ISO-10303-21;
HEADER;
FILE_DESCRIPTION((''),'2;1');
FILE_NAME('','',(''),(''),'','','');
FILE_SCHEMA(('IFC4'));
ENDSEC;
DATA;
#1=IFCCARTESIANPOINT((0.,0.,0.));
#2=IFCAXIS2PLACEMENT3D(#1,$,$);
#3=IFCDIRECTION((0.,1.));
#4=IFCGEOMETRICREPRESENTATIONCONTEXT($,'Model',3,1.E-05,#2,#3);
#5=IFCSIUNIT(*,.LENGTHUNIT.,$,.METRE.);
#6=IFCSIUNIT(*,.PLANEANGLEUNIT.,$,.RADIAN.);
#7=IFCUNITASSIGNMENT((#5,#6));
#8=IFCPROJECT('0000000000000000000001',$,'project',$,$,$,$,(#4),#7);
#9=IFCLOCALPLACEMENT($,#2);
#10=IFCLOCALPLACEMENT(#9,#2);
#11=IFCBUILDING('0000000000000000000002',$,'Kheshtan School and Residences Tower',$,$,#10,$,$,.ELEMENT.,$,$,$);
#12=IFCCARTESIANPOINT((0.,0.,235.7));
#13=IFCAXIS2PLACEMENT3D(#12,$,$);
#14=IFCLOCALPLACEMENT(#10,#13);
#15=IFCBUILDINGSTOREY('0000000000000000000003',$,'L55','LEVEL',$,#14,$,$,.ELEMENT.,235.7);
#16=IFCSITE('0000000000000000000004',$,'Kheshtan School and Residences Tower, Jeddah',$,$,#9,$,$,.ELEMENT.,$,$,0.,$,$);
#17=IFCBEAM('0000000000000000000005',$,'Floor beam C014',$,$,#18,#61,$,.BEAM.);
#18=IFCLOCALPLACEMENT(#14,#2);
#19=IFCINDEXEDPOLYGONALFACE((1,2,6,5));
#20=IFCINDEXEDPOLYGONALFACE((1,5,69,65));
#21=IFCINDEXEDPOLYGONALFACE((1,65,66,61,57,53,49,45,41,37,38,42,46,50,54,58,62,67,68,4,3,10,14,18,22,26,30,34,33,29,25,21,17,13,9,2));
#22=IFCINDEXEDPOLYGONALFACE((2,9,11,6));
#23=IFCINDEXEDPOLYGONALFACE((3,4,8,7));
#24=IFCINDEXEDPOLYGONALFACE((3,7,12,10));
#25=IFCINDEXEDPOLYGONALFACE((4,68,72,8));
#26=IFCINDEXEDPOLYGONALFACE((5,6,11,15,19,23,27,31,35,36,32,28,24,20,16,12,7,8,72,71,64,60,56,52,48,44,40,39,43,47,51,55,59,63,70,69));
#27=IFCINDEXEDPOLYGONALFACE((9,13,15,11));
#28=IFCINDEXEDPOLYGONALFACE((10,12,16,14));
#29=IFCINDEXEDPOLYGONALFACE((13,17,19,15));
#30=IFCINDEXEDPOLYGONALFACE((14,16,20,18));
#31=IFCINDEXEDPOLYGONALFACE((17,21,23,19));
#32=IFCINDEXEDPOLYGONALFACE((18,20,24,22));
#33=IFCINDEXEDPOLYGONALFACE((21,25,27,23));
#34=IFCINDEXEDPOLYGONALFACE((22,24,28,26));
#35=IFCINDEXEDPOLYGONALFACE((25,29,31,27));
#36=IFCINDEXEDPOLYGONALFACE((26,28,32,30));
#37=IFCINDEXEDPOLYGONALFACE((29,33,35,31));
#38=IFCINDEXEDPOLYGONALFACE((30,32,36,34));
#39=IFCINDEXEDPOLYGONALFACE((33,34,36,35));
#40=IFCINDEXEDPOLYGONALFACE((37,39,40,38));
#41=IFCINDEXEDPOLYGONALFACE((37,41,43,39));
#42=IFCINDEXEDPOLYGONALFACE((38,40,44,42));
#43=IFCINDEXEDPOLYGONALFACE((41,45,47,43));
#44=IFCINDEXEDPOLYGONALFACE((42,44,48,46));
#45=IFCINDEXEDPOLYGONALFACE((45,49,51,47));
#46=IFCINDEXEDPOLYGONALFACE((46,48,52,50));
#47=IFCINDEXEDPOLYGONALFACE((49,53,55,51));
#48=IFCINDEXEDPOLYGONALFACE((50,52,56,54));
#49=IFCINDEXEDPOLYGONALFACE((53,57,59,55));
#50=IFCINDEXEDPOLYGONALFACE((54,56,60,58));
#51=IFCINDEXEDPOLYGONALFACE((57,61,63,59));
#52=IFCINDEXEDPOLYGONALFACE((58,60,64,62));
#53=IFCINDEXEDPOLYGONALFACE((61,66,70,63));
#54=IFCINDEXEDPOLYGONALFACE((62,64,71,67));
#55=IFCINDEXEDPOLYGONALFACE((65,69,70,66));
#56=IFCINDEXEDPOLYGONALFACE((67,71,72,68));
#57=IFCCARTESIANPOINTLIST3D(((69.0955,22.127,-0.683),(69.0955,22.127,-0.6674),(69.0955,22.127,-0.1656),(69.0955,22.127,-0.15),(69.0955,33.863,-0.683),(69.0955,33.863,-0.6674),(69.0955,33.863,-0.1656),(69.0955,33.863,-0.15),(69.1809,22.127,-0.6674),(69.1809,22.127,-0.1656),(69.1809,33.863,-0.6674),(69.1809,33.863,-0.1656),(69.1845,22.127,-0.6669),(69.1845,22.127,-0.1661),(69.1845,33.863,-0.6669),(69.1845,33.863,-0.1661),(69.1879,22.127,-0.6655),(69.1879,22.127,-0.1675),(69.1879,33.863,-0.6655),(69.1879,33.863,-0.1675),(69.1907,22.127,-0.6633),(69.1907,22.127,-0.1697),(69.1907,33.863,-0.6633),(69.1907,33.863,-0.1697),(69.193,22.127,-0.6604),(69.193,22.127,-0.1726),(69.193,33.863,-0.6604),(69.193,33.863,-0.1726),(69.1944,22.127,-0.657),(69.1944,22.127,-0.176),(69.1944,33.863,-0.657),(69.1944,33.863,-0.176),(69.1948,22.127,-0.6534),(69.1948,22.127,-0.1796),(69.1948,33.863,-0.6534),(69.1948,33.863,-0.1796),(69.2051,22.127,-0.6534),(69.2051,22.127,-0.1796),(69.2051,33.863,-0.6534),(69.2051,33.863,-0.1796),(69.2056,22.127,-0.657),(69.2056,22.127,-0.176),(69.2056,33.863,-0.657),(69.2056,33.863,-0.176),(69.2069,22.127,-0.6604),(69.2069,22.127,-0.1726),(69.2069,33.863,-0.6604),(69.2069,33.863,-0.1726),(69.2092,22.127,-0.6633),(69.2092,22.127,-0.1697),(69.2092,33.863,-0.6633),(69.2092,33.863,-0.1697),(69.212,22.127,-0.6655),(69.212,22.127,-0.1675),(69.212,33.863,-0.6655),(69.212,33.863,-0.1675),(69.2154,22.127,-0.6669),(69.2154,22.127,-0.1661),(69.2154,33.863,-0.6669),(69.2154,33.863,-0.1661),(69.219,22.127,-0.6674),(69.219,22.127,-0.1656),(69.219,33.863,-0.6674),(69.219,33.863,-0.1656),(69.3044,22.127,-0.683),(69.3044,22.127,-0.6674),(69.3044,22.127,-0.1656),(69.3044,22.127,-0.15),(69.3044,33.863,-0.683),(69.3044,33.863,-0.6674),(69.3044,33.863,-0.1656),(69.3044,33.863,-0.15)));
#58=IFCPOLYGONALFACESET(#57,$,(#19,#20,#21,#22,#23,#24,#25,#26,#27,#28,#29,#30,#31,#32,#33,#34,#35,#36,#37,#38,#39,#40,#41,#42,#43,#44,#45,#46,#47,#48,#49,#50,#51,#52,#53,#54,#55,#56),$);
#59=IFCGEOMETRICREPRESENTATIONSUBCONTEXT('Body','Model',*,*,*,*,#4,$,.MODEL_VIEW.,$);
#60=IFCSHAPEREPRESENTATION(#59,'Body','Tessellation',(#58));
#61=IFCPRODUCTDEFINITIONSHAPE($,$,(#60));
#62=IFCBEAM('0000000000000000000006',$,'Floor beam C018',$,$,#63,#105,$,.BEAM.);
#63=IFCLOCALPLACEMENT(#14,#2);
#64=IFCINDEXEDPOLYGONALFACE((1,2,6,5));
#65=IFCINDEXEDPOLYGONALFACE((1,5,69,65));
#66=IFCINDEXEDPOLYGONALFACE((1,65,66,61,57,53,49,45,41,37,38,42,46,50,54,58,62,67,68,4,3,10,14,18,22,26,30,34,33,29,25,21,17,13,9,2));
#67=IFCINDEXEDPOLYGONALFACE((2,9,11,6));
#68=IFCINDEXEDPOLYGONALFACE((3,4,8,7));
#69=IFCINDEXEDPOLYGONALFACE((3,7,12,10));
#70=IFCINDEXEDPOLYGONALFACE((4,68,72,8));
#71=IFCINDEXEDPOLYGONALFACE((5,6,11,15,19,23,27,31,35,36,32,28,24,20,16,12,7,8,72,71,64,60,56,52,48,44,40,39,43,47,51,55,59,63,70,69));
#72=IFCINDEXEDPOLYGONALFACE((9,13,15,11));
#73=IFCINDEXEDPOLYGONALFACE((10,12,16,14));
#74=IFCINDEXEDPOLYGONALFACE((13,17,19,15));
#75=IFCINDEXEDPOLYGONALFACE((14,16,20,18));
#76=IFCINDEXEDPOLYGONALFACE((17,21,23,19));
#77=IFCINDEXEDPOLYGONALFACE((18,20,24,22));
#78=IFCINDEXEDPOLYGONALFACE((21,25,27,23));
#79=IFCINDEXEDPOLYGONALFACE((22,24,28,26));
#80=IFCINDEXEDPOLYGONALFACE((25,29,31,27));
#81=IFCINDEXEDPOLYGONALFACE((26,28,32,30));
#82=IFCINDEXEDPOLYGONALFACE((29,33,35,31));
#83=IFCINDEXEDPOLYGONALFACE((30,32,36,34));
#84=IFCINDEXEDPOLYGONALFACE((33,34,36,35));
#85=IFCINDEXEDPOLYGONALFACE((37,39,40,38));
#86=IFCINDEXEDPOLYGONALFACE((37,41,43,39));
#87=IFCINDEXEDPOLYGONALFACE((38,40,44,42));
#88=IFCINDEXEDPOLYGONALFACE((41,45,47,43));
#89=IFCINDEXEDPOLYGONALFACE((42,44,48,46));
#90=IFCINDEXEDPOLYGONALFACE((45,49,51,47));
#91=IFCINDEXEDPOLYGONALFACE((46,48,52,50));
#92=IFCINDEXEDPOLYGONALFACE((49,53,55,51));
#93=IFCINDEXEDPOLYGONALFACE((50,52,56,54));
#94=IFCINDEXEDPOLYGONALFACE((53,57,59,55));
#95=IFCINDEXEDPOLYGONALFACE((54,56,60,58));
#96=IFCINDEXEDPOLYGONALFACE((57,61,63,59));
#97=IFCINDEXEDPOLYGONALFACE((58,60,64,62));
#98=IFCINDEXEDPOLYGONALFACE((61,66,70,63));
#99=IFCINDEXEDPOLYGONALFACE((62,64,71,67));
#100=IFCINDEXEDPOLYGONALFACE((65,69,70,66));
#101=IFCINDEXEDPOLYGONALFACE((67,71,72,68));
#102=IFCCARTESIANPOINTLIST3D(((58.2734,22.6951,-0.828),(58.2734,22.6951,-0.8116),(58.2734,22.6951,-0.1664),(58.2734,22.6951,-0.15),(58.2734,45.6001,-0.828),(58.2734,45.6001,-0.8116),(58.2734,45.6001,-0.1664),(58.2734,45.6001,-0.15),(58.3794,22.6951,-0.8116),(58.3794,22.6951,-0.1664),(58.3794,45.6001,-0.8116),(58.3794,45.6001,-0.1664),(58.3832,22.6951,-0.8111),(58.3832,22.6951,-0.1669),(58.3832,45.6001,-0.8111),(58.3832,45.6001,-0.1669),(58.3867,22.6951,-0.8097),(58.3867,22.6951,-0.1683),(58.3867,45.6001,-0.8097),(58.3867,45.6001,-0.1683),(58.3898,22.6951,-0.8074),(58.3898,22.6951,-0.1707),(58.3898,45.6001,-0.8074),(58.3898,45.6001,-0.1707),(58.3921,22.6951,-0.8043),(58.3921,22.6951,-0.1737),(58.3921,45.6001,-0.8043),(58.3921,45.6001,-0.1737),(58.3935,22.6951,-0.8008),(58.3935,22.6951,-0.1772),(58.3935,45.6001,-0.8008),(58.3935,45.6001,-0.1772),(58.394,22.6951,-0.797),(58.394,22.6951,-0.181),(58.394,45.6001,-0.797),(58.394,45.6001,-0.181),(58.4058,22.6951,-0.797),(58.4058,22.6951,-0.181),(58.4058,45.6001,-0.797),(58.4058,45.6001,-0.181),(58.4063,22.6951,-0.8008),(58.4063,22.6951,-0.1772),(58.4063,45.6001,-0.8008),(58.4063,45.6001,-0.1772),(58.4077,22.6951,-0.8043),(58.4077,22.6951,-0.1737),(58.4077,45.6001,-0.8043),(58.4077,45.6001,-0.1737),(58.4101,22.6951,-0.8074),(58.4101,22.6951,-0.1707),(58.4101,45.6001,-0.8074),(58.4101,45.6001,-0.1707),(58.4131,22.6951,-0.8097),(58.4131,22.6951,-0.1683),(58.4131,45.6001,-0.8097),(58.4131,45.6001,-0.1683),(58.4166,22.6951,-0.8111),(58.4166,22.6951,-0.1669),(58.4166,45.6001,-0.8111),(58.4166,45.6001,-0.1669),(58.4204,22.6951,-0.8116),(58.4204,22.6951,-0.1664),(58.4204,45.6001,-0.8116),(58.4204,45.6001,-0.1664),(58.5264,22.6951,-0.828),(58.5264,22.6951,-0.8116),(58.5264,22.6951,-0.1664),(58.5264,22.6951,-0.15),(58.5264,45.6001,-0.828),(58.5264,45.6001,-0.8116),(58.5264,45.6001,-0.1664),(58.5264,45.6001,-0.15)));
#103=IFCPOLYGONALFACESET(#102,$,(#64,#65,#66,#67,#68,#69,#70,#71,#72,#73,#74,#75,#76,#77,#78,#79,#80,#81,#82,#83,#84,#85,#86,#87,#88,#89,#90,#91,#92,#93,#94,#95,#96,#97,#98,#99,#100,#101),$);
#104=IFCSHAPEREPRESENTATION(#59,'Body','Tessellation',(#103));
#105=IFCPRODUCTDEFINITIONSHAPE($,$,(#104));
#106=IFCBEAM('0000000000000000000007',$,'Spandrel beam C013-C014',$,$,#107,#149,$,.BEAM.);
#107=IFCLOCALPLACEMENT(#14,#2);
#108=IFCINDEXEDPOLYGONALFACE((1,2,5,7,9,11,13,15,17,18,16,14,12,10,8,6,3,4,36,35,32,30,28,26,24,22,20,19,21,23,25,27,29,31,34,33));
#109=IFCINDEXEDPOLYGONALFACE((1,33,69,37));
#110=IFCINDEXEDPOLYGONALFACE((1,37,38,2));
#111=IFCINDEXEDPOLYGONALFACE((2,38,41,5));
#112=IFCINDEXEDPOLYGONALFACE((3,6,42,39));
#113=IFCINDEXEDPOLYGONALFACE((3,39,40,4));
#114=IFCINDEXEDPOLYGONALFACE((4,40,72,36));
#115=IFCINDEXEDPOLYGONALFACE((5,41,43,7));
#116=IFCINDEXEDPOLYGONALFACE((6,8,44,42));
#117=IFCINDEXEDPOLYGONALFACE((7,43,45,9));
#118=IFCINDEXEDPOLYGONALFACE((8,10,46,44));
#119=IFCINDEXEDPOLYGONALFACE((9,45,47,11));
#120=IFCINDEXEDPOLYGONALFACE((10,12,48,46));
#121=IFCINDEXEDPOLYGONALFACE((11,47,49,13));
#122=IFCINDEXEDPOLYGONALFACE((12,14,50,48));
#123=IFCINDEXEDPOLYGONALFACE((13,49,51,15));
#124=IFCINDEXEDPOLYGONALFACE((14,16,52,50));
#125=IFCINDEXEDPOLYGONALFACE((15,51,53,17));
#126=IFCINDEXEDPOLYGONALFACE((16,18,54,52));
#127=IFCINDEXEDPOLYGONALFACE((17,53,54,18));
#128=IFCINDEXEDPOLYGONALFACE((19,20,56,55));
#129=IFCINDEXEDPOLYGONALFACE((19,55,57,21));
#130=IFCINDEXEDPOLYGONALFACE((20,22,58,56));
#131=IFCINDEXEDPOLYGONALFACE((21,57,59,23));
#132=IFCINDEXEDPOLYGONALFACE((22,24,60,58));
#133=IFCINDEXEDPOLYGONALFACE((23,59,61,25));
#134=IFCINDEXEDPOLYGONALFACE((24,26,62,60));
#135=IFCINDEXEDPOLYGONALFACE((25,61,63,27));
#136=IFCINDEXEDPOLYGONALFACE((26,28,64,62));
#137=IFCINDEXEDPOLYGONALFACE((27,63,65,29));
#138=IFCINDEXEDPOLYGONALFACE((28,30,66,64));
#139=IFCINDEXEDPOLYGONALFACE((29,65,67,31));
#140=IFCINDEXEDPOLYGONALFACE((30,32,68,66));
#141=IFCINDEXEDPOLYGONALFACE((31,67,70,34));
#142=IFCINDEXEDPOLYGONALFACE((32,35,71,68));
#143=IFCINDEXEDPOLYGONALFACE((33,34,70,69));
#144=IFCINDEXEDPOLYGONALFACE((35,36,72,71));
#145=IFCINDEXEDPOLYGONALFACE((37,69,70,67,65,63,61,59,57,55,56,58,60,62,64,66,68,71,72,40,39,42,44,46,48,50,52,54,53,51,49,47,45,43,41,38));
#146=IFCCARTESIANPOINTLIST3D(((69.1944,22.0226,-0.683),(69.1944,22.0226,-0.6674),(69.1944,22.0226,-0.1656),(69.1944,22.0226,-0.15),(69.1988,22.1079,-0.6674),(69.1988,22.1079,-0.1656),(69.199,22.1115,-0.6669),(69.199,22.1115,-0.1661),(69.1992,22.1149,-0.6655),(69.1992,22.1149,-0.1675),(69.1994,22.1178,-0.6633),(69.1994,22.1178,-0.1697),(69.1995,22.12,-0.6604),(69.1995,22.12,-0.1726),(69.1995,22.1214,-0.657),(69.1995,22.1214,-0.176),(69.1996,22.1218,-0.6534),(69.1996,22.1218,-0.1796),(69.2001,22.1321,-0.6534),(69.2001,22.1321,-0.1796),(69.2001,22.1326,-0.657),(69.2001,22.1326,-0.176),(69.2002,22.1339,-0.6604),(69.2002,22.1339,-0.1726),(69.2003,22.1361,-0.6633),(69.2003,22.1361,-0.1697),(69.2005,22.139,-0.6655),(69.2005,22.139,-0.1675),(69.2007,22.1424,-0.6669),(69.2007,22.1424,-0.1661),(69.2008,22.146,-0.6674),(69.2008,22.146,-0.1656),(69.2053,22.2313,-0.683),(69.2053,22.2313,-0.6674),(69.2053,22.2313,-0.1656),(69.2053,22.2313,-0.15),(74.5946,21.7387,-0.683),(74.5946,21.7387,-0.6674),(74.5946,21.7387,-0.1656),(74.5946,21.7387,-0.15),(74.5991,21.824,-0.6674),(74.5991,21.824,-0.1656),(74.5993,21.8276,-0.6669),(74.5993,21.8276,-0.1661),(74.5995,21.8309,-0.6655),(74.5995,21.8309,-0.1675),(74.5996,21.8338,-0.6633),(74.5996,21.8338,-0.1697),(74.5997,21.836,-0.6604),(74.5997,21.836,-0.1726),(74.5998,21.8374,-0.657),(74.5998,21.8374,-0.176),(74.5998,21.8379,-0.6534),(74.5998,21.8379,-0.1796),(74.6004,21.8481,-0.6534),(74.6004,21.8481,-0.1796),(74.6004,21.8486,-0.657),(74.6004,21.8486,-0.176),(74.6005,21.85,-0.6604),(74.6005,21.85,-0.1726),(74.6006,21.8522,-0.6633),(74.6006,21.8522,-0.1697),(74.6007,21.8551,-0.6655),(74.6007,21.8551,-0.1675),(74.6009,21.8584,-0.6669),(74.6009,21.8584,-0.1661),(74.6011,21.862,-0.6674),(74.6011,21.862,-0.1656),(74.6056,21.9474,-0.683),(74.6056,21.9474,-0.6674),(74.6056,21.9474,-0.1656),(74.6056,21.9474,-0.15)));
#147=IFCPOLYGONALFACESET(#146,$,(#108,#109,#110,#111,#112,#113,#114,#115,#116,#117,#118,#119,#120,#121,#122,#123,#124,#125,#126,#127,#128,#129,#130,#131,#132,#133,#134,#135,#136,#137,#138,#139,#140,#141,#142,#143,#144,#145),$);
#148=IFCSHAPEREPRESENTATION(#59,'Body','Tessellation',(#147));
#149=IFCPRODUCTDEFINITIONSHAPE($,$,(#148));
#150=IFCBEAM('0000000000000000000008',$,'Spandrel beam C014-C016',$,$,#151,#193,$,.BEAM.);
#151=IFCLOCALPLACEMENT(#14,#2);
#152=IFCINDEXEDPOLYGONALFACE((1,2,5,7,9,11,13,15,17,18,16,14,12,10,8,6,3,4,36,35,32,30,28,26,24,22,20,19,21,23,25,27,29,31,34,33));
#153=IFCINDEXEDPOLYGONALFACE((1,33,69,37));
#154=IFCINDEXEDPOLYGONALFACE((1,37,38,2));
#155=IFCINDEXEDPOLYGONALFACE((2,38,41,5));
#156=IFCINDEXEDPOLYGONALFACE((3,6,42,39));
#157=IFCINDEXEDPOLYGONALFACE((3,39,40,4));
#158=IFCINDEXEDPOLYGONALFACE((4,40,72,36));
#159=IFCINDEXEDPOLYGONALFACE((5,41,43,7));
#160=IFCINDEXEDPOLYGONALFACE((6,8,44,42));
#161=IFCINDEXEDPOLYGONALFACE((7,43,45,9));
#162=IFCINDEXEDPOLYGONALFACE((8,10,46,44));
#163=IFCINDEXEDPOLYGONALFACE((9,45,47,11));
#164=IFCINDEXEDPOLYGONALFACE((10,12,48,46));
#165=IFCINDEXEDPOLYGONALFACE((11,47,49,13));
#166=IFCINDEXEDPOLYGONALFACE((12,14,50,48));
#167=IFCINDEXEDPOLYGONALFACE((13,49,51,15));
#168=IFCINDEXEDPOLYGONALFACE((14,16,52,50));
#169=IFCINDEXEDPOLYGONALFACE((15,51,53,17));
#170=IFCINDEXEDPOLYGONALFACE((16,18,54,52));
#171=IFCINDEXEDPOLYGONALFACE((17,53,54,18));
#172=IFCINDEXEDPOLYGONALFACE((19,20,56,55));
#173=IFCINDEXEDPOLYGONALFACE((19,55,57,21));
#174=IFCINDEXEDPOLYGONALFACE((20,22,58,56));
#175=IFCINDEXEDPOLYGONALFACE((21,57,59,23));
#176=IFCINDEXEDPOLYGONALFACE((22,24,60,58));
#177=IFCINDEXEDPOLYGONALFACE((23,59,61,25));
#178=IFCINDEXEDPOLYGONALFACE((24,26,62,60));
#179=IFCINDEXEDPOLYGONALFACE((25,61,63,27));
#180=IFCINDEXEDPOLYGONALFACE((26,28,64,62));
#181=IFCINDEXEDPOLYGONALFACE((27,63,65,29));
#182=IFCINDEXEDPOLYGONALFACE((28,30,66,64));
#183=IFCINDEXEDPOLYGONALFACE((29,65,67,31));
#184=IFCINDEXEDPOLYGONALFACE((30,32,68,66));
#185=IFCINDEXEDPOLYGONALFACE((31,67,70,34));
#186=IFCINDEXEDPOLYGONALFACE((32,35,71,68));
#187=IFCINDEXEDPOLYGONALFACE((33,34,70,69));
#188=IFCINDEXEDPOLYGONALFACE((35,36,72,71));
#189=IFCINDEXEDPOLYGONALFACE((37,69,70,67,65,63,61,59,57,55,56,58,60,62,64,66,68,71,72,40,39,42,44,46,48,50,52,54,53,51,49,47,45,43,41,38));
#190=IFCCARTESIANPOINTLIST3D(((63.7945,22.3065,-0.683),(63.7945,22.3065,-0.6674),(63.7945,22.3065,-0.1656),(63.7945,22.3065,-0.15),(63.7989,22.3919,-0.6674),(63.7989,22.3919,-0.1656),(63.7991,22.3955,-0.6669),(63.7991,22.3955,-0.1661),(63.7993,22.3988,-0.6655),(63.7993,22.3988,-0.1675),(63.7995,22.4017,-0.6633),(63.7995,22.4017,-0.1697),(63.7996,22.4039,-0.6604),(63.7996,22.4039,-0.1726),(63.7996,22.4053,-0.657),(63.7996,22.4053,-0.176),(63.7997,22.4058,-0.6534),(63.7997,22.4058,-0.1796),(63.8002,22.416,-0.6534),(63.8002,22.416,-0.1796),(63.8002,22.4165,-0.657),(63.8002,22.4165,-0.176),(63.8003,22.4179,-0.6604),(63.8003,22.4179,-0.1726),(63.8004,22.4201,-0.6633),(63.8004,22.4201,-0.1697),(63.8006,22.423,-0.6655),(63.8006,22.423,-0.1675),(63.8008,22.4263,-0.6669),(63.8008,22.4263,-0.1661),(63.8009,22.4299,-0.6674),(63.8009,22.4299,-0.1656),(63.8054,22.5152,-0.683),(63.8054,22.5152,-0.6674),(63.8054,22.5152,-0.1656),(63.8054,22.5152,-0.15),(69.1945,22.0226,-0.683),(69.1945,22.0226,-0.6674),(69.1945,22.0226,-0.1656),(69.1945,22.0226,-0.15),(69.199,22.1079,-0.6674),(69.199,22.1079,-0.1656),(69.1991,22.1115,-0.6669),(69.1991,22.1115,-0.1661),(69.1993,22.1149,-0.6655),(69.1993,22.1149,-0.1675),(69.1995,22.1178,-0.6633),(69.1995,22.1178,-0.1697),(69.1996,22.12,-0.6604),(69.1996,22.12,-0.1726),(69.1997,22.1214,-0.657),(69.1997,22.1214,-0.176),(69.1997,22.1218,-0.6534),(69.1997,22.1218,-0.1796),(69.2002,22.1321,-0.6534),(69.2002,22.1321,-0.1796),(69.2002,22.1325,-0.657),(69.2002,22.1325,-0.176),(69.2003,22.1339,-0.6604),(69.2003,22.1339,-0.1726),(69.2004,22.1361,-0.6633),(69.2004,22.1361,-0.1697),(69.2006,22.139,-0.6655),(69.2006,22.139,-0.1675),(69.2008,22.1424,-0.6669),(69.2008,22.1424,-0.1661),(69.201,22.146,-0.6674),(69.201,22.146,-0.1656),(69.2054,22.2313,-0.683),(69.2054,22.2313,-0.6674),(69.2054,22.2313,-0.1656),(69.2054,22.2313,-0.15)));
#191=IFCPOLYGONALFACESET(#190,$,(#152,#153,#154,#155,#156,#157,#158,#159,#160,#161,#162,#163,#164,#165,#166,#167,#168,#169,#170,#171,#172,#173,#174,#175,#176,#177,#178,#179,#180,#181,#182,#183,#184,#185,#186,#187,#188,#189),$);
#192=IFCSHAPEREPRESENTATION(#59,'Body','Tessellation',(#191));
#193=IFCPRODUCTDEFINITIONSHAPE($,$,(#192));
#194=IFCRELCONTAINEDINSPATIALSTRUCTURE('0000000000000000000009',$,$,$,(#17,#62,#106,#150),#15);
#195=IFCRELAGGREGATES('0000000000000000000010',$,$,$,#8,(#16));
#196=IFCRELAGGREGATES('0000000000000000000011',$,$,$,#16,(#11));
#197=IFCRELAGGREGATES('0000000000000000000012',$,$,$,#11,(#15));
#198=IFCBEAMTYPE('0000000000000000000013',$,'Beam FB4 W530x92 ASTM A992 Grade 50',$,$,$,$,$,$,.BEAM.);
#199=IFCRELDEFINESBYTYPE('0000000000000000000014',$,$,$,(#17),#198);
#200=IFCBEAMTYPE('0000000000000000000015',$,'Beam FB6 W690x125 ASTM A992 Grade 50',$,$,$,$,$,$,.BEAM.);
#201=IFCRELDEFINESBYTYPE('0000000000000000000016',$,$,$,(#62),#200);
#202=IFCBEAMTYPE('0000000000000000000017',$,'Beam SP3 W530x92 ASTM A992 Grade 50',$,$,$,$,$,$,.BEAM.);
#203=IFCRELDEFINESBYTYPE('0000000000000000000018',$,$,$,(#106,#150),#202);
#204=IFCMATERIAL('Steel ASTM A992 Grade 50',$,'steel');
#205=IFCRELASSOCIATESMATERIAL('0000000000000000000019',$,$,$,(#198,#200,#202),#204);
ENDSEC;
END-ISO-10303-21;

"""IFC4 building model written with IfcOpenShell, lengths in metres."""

from ifc_helpers import new_model, si_unit, direction, frame, origin, origin_2d, place, context, subcontext, project, spatial, i_section, extrude, material, material_profile, profile_set, type_object, element, save


model = new_model("IFC4")

# Units and contexts
model_context = context("Model", 3, precision=1e-05, world=origin(), true_north=direction((0.0, 1.0)))
body_context = subcontext(model_context, "Body", "Model", "MODEL_VIEW")
ifc_project = project(units=[si_unit("LENGTHUNIT", "METRE"), si_unit("PLANEANGLEUNIT", "RADIAN")], contexts=[model_context])

# Site, building, storey
site_placement = place(None, origin())
site = spatial("IfcSite", under=ifc_project, at=site_placement, Name="Kheshtan School and Residences Tower, Jeddah", CompositionType="ELEMENT", RefElevation=0.0)
building_placement = place(site_placement, origin())
building = spatial("IfcBuilding", under=site, at=building_placement, Name="Kheshtan School and Residences Tower", CompositionType="ELEMENT")
storey_placement = place(building_placement, frame((0.0, 0.0, 235.7)))
storey = spatial("IfcBuildingStorey", under=building, at=storey_placement, Name="L55", Description="LEVEL", CompositionType="ELEMENT", Elevation=235.7)

# Shared definitions
ifc_material_1 = material(Name="Steel ASTM A992 Grade 50", Category="steel")

# Beams
ifc_material_profile_1 = material_profile(ifc_material_1, i_section(OverallWidth=0.209, OverallDepth=0.533, WebThickness=0.0103, FlangeThickness=0.0156, FilletRadius=0.0139, at=origin_2d()), Name="W530x92")
ifc_profile_set_1 = profile_set([ifc_material_profile_1], Name="Steel ASTM A992 Grade 50")
beam_type_1 = type_object("IfcBeamType", Name="Beam FB4 W530x92 ASTM A992 Grade 50", PredefinedType="BEAM", material=ifc_profile_set_1)
beam_1_placement = place(storey_placement, frame((69.2, 22.127, -0.4165), z_axis=(0.0, 1.0, 0.0), x_axis=(-1.0, 0.0, 0.0)))
element("IfcBeam", 1, at=beam_1_placement, inside=storey, type_object=beam_type_1, Name="Floor beam C014", PredefinedType="BEAM", context=body_context, shape_type="SweptSolid", body=[
    extrude(i_section(OverallWidth=0.209, OverallDepth=0.533, WebThickness=0.0103, FlangeThickness=0.0156, FilletRadius=0.0139, at=origin_2d()), origin(), (0.0, 0.0, 1.0), 11.7361),
])
ifc_material_profile_2 = material_profile(ifc_material_1, i_section(OverallWidth=0.2529, OverallDepth=0.678, WebThickness=0.0117, FlangeThickness=0.0164, FilletRadius=0.0146, at=origin_2d()), Name="W690x125")
ifc_profile_set_2 = profile_set([ifc_material_profile_2], Name="Steel ASTM A992 Grade 50")
beam_type_2 = type_object("IfcBeamType", Name="Beam FB6 W690x125 ASTM A992 Grade 50", PredefinedType="BEAM", material=ifc_profile_set_2)
beam_2_placement = place(storey_placement, frame((58.3999, 22.6951, -0.489), z_axis=(0.0, 1.0, 0.0), x_axis=(-1.0, 0.0, 0.0)))
element("IfcBeam", 2, at=beam_2_placement, inside=storey, type_object=beam_type_2, Name="Floor beam C018", PredefinedType="BEAM", context=body_context, shape_type="SweptSolid", body=[
    extrude(i_section(OverallWidth=0.2529, OverallDepth=0.678, WebThickness=0.0117, FlangeThickness=0.0164, FilletRadius=0.0146, at=origin_2d()), origin(), (0.0, 0.0, 1.0), 22.905),
])
ifc_material_profile_3 = material_profile(ifc_material_1, i_section(OverallWidth=0.209, OverallDepth=0.533, WebThickness=0.0103, FlangeThickness=0.0156, FilletRadius=0.0139, at=origin_2d()), Name="W530x92")
ifc_profile_set_3 = profile_set([ifc_material_profile_3], Name="Steel ASTM A992 Grade 50")
beam_type_3 = type_object("IfcBeamType", Name="Beam SP3 W530x92 ASTM A992 Grade 50", PredefinedType="BEAM", material=ifc_profile_set_3)
beam_3_placement = place(storey_placement, frame((74.6001, 21.843, -0.4165), z_axis=(-0.998621, 0.052507, 0.0), x_axis=(-0.052507, -0.998621, 0.0)))
element("IfcBeam", 3, at=beam_3_placement, inside=storey, type_object=beam_type_3, Name="Spandrel beam C013-C014", PredefinedType="BEAM", context=body_context, shape_type="SweptSolid", body=[
    extrude(i_section(OverallWidth=0.209, OverallDepth=0.533, WebThickness=0.0103, FlangeThickness=0.0156, FilletRadius=0.0139, at=origin_2d()), origin(), (0.0, 0.0, 1.0), 5.4077),
])
beam_4_placement = place(storey_placement, frame((69.2, 22.127, -0.4165), z_axis=(-0.99862, 0.052509, 0.0), x_axis=(-0.052509, -0.99862, 0.0)))
element("IfcBeam", 4, at=beam_4_placement, inside=storey, type_object=beam_type_3, Name="Spandrel beam C014-C016", PredefinedType="BEAM", context=body_context, shape_type="SweptSolid", body=[
    extrude(i_section(OverallWidth=0.209, OverallDepth=0.533, WebThickness=0.0103, FlangeThickness=0.0156, FilletRadius=0.0139, at=origin_2d()), origin(), (0.0, 0.0, 1.0), 5.4075),
])

save(model, "model.ifc")
